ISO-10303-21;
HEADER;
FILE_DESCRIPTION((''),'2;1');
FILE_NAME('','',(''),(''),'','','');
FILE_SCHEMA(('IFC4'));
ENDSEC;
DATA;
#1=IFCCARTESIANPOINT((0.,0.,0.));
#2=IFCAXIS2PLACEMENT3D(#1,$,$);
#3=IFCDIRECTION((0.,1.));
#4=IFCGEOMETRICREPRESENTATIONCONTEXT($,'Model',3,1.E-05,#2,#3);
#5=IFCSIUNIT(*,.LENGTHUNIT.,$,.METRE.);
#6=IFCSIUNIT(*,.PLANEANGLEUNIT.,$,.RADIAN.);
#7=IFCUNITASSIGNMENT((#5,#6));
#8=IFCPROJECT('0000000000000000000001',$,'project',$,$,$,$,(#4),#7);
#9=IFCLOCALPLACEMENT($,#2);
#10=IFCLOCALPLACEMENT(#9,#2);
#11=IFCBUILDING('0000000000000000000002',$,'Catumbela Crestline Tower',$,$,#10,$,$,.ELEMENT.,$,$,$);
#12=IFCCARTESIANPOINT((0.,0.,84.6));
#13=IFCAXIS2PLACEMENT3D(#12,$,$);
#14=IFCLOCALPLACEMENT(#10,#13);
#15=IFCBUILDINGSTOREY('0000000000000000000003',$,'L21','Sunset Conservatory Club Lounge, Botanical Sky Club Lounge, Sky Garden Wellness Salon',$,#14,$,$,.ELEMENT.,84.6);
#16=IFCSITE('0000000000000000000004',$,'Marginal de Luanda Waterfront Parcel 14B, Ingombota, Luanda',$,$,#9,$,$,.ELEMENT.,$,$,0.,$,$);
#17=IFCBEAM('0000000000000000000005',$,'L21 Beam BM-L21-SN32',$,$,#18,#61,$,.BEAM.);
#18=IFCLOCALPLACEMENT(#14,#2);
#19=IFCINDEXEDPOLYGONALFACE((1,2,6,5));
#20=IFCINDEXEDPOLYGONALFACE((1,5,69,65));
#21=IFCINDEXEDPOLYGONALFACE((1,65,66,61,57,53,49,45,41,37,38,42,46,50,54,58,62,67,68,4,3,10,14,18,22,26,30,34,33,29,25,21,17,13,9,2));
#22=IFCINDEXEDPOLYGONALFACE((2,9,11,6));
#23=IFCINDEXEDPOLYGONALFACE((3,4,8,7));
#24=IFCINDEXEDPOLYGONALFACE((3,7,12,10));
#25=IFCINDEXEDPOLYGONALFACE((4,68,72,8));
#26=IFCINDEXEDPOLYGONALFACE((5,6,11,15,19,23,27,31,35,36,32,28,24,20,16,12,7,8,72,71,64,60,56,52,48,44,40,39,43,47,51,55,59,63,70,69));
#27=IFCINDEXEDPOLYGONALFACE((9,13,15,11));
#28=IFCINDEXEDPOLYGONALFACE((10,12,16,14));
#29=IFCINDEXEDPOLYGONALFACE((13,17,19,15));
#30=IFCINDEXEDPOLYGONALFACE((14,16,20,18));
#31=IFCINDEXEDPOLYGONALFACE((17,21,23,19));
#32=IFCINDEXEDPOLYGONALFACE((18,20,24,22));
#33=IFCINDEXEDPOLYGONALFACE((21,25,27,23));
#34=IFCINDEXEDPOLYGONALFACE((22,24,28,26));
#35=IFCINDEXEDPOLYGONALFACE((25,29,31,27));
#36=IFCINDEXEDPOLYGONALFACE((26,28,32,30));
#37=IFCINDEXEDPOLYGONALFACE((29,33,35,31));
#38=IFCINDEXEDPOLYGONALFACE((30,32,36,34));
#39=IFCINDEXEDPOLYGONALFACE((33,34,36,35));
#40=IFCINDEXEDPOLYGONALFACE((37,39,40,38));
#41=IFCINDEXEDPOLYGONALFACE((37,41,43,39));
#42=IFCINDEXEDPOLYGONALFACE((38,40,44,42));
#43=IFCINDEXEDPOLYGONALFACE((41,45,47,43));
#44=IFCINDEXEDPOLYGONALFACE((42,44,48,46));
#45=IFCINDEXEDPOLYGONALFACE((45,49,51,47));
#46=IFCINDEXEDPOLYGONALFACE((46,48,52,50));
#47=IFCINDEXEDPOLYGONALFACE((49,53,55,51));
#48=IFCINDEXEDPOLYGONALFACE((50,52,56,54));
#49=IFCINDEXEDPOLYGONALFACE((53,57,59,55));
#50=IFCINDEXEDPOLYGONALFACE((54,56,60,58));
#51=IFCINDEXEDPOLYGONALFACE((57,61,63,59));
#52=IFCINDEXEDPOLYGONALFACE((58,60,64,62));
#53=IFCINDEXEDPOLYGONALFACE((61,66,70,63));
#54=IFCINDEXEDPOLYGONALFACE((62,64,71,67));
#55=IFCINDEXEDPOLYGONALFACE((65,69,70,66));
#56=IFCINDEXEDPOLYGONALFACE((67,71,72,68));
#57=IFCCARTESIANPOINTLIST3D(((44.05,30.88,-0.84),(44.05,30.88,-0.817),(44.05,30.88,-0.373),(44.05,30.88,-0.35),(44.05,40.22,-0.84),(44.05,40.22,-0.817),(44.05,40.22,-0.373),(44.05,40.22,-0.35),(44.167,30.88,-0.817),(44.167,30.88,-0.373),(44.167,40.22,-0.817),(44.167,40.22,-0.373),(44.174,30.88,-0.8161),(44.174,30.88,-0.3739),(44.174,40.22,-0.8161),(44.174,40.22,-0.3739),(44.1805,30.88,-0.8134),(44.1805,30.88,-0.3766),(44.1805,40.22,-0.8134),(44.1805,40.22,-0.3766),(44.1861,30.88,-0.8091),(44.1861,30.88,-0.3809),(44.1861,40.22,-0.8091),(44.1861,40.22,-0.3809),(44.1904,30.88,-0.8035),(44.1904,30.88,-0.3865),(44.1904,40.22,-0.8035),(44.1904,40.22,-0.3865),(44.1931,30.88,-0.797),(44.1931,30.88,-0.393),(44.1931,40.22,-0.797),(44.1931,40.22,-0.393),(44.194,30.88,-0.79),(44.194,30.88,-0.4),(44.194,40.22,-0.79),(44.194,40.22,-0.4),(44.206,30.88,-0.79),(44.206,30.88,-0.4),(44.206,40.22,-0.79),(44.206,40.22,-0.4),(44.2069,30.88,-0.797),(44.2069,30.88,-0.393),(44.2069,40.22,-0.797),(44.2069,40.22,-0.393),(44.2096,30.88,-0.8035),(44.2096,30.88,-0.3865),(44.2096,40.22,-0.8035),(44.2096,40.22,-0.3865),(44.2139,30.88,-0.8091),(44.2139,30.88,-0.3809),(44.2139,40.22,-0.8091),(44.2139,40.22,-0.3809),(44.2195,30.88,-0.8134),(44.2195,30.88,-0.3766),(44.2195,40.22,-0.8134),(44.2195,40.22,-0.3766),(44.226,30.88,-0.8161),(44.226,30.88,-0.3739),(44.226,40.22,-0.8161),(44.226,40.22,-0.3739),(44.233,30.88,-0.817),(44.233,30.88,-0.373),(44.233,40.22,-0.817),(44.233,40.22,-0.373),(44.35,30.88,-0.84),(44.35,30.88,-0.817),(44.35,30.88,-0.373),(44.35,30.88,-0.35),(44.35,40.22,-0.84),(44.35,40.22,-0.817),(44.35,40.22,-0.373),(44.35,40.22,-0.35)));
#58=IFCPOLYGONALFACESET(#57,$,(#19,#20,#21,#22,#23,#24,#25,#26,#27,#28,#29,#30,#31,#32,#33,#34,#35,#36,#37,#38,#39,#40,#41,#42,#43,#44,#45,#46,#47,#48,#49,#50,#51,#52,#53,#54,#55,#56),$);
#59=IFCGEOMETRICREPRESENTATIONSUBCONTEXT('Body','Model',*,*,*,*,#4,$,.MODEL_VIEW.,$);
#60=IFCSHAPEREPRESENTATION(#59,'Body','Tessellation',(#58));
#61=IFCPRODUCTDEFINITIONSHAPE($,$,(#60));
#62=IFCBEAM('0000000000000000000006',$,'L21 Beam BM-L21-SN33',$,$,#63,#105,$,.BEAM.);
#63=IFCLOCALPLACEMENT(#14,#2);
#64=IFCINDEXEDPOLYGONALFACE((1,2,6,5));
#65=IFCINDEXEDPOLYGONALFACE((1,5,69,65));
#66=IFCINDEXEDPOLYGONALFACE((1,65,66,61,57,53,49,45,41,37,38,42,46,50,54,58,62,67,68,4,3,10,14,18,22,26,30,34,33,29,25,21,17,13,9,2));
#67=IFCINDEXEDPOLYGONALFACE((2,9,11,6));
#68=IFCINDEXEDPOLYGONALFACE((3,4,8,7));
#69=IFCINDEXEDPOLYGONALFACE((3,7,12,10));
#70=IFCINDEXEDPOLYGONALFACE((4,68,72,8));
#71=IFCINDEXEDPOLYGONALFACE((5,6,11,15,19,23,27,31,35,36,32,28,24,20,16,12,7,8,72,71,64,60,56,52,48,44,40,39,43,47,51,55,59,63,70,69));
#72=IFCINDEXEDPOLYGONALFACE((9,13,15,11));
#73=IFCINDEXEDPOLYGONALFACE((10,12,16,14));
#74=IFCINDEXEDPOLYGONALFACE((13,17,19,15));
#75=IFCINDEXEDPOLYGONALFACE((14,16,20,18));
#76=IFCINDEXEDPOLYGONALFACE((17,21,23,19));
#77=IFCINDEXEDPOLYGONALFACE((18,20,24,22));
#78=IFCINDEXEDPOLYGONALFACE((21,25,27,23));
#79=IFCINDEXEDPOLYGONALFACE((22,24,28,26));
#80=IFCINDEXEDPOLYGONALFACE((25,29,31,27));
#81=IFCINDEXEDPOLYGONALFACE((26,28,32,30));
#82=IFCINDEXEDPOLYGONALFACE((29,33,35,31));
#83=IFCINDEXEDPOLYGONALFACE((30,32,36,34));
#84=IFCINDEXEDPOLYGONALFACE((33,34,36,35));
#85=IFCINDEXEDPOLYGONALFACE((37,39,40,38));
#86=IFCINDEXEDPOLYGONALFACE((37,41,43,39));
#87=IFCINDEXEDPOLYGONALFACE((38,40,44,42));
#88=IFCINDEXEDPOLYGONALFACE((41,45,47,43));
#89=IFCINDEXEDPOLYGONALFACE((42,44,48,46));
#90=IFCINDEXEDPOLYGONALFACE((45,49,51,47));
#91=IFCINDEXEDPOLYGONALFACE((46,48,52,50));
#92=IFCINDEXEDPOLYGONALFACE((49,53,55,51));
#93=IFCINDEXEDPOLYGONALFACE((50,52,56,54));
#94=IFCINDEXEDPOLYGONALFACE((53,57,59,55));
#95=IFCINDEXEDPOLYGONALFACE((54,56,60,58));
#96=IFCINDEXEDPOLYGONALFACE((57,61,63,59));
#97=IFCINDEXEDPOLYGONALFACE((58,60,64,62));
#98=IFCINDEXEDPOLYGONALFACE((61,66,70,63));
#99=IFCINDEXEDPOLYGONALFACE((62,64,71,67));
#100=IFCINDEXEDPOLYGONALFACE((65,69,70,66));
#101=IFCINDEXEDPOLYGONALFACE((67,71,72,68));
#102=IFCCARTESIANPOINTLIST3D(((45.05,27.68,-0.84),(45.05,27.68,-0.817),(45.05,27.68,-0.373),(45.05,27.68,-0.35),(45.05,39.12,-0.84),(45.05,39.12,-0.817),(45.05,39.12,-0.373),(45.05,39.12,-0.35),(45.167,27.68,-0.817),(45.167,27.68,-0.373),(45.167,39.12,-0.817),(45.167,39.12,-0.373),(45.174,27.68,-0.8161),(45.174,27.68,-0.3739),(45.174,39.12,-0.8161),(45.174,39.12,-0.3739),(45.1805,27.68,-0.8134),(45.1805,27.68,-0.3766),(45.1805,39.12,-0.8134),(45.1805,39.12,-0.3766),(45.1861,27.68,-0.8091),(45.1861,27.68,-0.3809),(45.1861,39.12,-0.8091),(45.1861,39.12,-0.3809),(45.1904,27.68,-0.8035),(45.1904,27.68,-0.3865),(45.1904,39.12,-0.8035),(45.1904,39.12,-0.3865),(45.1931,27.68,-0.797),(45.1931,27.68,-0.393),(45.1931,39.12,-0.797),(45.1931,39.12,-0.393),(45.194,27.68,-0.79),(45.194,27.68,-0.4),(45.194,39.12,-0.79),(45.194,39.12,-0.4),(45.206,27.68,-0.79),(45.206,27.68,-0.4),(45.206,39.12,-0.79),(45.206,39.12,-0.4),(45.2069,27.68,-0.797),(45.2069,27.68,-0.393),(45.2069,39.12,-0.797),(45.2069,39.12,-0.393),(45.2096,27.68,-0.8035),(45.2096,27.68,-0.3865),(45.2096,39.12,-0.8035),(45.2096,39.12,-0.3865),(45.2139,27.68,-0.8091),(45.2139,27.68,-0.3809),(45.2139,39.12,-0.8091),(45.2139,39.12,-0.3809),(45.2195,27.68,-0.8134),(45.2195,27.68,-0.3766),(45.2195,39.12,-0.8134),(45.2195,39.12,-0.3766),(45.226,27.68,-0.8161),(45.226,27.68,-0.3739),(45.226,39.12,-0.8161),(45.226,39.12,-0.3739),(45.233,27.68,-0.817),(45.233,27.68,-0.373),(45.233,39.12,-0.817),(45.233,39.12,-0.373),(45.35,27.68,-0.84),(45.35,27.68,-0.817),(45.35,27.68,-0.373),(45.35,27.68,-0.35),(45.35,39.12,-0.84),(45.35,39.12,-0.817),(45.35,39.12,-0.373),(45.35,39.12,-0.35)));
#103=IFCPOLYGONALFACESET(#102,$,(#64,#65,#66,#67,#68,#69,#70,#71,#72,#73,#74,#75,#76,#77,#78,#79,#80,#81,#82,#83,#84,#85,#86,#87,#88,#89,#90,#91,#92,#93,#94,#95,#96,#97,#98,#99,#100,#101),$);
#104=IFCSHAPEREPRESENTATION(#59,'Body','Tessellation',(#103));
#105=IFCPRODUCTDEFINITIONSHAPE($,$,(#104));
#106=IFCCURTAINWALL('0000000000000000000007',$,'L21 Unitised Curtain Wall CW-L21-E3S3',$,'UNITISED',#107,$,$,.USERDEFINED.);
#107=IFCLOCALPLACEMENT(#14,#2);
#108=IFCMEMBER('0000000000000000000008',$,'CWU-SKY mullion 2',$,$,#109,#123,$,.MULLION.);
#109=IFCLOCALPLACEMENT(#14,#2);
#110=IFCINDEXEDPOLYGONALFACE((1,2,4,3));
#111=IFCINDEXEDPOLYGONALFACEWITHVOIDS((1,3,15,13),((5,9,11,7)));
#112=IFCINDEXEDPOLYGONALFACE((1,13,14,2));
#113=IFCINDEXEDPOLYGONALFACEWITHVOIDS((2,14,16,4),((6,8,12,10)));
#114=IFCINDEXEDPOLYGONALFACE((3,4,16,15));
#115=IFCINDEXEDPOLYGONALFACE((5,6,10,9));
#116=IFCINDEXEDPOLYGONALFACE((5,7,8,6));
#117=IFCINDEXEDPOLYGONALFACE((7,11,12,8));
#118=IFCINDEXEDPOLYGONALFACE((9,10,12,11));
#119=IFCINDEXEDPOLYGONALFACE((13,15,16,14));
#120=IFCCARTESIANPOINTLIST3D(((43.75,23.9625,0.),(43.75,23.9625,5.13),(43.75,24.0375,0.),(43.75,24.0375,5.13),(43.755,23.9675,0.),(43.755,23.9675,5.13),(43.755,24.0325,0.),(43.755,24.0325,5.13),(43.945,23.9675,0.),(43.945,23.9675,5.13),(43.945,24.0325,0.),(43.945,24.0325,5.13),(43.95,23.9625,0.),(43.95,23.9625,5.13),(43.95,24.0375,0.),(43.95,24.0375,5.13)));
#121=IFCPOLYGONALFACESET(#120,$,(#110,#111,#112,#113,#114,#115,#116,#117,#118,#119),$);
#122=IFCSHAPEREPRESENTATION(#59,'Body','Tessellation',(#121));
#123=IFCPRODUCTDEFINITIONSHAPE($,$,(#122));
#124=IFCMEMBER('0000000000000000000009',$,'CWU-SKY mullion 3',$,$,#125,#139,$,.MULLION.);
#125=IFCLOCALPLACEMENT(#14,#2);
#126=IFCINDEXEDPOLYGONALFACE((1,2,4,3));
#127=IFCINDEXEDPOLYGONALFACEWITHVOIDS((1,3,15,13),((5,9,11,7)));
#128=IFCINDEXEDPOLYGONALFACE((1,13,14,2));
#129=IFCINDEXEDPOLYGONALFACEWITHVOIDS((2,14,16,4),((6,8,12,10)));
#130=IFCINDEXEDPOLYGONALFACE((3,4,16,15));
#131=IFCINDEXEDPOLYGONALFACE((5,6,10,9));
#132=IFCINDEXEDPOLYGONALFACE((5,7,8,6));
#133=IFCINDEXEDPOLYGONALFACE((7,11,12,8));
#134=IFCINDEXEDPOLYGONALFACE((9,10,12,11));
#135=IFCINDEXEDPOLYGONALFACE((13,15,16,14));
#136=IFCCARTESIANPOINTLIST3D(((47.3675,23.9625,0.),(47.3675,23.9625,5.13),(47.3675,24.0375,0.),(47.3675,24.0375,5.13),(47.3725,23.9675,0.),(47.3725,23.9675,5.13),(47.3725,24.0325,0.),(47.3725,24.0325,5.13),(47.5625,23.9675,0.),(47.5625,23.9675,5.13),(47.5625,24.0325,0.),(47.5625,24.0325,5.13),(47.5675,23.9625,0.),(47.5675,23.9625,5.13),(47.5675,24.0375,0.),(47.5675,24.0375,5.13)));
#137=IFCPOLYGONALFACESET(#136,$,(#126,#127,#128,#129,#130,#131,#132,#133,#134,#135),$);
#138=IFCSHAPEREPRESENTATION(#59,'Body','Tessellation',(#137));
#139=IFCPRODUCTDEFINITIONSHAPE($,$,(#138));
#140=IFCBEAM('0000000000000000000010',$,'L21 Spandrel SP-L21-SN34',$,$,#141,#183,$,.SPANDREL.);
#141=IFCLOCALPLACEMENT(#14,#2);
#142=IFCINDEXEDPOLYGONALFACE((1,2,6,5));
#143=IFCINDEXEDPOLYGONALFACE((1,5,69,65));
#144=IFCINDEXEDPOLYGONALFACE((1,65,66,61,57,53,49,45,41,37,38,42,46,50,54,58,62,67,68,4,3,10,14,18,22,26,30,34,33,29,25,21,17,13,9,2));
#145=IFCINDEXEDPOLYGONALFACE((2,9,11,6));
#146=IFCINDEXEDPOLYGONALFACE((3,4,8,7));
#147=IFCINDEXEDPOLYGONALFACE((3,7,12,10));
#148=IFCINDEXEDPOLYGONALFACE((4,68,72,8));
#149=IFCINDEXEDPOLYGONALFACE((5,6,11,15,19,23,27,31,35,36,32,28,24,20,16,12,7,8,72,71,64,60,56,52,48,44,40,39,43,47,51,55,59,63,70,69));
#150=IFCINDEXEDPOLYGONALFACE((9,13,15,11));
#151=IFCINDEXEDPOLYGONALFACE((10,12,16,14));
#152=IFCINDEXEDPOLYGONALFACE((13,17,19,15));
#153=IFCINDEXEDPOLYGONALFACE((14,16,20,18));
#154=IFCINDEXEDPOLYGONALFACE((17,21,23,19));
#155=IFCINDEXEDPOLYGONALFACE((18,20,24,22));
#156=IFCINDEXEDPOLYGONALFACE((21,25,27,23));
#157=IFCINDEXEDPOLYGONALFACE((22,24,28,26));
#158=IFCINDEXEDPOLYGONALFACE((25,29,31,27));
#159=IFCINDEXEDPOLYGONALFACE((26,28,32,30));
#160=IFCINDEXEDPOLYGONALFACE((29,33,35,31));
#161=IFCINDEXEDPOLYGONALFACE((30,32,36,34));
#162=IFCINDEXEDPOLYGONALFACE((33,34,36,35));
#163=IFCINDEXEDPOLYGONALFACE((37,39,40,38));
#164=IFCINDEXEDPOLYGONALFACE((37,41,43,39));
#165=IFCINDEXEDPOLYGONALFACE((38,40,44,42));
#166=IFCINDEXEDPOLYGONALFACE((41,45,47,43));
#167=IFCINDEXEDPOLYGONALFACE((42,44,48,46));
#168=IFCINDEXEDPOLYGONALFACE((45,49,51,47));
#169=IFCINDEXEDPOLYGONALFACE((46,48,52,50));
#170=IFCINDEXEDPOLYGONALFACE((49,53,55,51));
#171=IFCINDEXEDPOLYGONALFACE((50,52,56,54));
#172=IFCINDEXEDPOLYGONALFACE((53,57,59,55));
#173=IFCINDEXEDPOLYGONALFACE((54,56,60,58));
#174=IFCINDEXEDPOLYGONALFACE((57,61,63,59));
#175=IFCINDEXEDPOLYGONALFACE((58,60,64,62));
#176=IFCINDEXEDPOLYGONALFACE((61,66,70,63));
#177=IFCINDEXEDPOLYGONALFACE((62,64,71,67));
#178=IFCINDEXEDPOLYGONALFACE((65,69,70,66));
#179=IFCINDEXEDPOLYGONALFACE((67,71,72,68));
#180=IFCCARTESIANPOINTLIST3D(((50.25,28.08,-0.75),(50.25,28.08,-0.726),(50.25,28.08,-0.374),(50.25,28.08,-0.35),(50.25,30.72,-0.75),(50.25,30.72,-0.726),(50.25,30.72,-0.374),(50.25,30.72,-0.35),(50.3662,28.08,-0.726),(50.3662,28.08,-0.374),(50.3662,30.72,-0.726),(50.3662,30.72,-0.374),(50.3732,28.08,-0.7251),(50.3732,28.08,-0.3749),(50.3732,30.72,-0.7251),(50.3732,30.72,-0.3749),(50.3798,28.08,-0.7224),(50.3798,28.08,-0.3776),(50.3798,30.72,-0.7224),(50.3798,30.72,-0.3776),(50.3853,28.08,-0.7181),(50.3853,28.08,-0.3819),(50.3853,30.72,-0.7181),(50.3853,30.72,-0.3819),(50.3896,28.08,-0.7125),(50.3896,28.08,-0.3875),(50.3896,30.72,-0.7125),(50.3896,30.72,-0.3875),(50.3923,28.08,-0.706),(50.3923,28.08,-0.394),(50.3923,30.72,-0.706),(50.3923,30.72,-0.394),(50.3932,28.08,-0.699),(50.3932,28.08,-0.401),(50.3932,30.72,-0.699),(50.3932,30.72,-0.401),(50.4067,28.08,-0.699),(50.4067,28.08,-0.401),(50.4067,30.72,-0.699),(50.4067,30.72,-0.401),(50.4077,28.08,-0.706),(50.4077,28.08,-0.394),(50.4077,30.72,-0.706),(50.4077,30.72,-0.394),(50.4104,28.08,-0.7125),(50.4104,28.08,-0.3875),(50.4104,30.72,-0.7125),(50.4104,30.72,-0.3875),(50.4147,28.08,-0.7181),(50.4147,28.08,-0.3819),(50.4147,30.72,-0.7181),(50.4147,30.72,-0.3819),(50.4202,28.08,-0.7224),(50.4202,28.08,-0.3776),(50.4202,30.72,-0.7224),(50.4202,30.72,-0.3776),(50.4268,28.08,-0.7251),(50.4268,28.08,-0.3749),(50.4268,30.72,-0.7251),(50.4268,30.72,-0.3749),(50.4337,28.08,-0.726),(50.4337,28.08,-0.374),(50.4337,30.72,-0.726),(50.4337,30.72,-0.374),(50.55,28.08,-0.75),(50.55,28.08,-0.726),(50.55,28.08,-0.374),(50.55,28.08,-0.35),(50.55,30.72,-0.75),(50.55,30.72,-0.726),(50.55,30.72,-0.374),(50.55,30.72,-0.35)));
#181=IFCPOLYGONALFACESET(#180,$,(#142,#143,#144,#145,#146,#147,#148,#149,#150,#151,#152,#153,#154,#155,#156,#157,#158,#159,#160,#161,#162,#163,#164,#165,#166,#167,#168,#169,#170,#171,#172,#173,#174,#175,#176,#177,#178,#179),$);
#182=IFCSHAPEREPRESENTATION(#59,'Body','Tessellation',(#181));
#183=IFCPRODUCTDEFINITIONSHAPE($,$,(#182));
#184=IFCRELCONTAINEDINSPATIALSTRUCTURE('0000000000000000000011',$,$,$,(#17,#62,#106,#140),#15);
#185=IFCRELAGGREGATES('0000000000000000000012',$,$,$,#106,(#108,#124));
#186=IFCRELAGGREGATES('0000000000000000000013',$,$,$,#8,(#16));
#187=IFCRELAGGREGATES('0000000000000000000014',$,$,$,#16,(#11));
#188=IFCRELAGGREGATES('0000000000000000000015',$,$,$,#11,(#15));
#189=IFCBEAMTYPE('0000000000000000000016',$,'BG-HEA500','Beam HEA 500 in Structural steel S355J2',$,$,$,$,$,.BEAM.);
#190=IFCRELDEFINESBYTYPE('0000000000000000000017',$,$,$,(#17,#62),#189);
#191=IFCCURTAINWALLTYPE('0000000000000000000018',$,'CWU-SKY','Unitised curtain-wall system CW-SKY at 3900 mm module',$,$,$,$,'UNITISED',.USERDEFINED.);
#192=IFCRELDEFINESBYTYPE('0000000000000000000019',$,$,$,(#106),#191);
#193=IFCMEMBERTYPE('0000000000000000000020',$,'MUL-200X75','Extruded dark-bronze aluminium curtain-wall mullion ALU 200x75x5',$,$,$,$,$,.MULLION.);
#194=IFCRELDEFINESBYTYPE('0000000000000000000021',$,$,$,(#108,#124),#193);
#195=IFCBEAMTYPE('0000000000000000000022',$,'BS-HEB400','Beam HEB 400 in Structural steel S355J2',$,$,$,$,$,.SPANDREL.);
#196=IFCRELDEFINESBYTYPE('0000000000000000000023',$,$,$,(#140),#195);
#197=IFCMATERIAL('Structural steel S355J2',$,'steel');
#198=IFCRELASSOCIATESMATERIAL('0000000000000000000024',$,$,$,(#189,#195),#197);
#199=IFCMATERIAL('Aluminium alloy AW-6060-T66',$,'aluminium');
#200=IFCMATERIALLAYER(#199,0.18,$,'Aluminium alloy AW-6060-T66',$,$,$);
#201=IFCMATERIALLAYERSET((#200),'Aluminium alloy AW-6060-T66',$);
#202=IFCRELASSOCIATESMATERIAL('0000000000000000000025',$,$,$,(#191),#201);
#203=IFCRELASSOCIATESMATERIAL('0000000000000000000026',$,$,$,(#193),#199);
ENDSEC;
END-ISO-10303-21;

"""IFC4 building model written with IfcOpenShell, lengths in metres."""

from ifc_helpers import new_model, si_unit, direction, frame, origin, origin_2d, place, context, subcontext, project, spatial, hollow_rectangle, i_section, extrude, material, layer, layer_set, material_profile, profile_set, type_object, element, aggregate, save


model = new_model("IFC4")

# Units and contexts
model_context = context("Model", 3, precision=1e-05, world=origin(), true_north=direction((0.0, 1.0)))
body_context = subcontext(model_context, "Body", "Model", "MODEL_VIEW")
ifc_project = project(units=[si_unit("LENGTHUNIT", "METRE"), si_unit("PLANEANGLEUNIT", "RADIAN")], contexts=[model_context])

# Site, building, storey
site_placement = place(None, origin())
site = spatial("IfcSite", under=ifc_project, at=site_placement, Name="Marginal de Luanda Waterfront Parcel 14B, Ingombota, Luanda", CompositionType="ELEMENT", RefElevation=0.0)
building_placement = place(site_placement, origin())
building = spatial("IfcBuilding", under=site, at=building_placement, Name="Catumbela Crestline Tower", CompositionType="ELEMENT")
storey_placement = place(building_placement, frame((0.0, 0.0, 84.6)))
storey = spatial("IfcBuildingStorey", under=building, at=storey_placement, Name="L21", Description="Sunset Conservatory Club Lounge, Botanical Sky Club Lounge, Sky Garden Wellness Salon", CompositionType="ELEMENT", Elevation=84.6)

# Beams
ifc_material_1 = material(Name="Structural steel S355J2", Category="steel")
ifc_material_profile_1 = material_profile(ifc_material_1, i_section(OverallWidth=0.3, OverallDepth=0.49, WebThickness=0.012, FlangeThickness=0.023, FilletRadius=0.027, at=origin_2d()), Name="HEA 500")
ifc_profile_set_1 = profile_set([ifc_material_profile_1], Name="Structural steel S355J2")
beam_type_1 = type_object("IfcBeamType", Name="BG-HEA500", Description="Beam HEA 500 in Structural steel S355J2", PredefinedType="BEAM", material=ifc_profile_set_1)
beam_1_placement = place(storey_placement, frame((44.2, 30.88, -0.595), z_axis=(0.0, 1.0, 0.0), x_axis=(-1.0, 0.0, 0.0)))
element("IfcBeam", 1, at=beam_1_placement, inside=storey, type_object=beam_type_1, Name="L21 Beam BM-L21-SN32", PredefinedType="BEAM", context=body_context, shape_type="SweptSolid", body=[
    extrude(i_section(OverallWidth=0.3, OverallDepth=0.49, WebThickness=0.012, FlangeThickness=0.023, FilletRadius=0.027, at=origin_2d()), origin(), (0.0, 0.0, 1.0), 9.34),
])
beam_2_placement = place(storey_placement, frame((45.2, 27.68, -0.595), z_axis=(0.0, 1.0, 0.0), x_axis=(-1.0, 0.0, 0.0)))
element("IfcBeam", 2, at=beam_2_placement, inside=storey, type_object=beam_type_1, Name="L21 Beam BM-L21-SN33", PredefinedType="BEAM", context=body_context, shape_type="SweptSolid", body=[
    extrude(i_section(OverallWidth=0.3, OverallDepth=0.49, WebThickness=0.012, FlangeThickness=0.023, FilletRadius=0.027, at=origin_2d()), origin(), (0.0, 0.0, 1.0), 11.44),
])

# Curtain wall, members
ifc_material_2 = material(Name="Aluminium alloy AW-6060-T66", Category="aluminium")
ifc_layer_1 = layer(ifc_material_2, 0.18, Name="Aluminium alloy AW-6060-T66")
ifc_layer_set_1 = layer_set([ifc_layer_1], Name="Aluminium alloy AW-6060-T66")
curtain_wall_type = type_object("IfcCurtainWallType", Name="CWU-SKY", Description="Unitised curtain-wall system CW-SKY at 3900 mm module", ElementType="UNITISED", PredefinedType="USERDEFINED", material=ifc_layer_set_1)
curtain_wall_placement = place(storey_placement, origin())
curtain_wall = element("IfcCurtainWall", 3, at=curtain_wall_placement, inside=storey, type_object=curtain_wall_type, Name="L21 Unitised Curtain Wall CW-L21-E3S3", ObjectType="UNITISED", PredefinedType="USERDEFINED")
ifc_material_profile_2 = material_profile(ifc_material_2, hollow_rectangle(XDim=0.075, YDim=0.2, WallThickness=0.005, at=origin_2d()), Name="ALU 200x75x5")
ifc_profile_set_2 = profile_set([ifc_material_profile_2], Name="Aluminium alloy AW-6060-T66")
member_type_1 = type_object("IfcMemberType", Name="MUL-200X75", Description="Extruded dark-bronze aluminium curtain-wall mullion ALU 200x75x5", PredefinedType="MULLION", material=ifc_profile_set_2)
member_1_placement = place(storey_placement, frame((43.85, 24.0, 0.0), z_axis=(0.0, 0.0, 1.0), x_axis=(0.0, 1.0, 0.0)))
member_1 = element("IfcMember", 4, at=member_1_placement, type_object=member_type_1, Name="CWU-SKY mullion 2", PredefinedType="MULLION", context=body_context, shape_type="SweptSolid", body=[
    extrude(hollow_rectangle(XDim=0.075, YDim=0.2, WallThickness=0.005, at=origin_2d()), origin(), (0.0, 0.0, 1.0), 5.13),
])
member_2_placement = place(storey_placement, frame((47.4675, 24.0, 0.0), z_axis=(0.0, 0.0, 1.0), x_axis=(0.0, 1.0, 0.0)))
member_2 = element("IfcMember", 5, at=member_2_placement, type_object=member_type_1, Name="CWU-SKY mullion 3", PredefinedType="MULLION", context=body_context, shape_type="SweptSolid", body=[
    extrude(hollow_rectangle(XDim=0.075, YDim=0.2, WallThickness=0.005, at=origin_2d()), origin(), (0.0, 0.0, 1.0), 5.13),
])

# Beam
ifc_material_profile_3 = material_profile(ifc_material_1, i_section(OverallWidth=0.3, OverallDepth=0.4, WebThickness=0.0135, FlangeThickness=0.024, FilletRadius=0.027, at=origin_2d()), Name="HEB 400")
ifc_profile_set_3 = profile_set([ifc_material_profile_3], Name="Structural steel S355J2")
beam_type_2 = type_object("IfcBeamType", Name="BS-HEB400", Description="Beam HEB 400 in Structural steel S355J2", PredefinedType="SPANDREL", material=ifc_profile_set_3)
beam_3_placement = place(storey_placement, frame((50.4, 28.08, -0.55), z_axis=(0.0, 1.0, 0.0), x_axis=(-1.0, 0.0, 0.0)))
element("IfcBeam", 6, at=beam_3_placement, inside=storey, type_object=beam_type_2, Name="L21 Spandrel SP-L21-SN34", PredefinedType="SPANDREL", context=body_context, shape_type="SweptSolid", body=[
    extrude(i_section(OverallWidth=0.3, OverallDepth=0.4, WebThickness=0.0135, FlangeThickness=0.024, FilletRadius=0.027, at=origin_2d()), origin(), (0.0, 0.0, 1.0), 2.64),
])

aggregate(curtain_wall, [member_1, member_2])

save(model, "model.ifc")
